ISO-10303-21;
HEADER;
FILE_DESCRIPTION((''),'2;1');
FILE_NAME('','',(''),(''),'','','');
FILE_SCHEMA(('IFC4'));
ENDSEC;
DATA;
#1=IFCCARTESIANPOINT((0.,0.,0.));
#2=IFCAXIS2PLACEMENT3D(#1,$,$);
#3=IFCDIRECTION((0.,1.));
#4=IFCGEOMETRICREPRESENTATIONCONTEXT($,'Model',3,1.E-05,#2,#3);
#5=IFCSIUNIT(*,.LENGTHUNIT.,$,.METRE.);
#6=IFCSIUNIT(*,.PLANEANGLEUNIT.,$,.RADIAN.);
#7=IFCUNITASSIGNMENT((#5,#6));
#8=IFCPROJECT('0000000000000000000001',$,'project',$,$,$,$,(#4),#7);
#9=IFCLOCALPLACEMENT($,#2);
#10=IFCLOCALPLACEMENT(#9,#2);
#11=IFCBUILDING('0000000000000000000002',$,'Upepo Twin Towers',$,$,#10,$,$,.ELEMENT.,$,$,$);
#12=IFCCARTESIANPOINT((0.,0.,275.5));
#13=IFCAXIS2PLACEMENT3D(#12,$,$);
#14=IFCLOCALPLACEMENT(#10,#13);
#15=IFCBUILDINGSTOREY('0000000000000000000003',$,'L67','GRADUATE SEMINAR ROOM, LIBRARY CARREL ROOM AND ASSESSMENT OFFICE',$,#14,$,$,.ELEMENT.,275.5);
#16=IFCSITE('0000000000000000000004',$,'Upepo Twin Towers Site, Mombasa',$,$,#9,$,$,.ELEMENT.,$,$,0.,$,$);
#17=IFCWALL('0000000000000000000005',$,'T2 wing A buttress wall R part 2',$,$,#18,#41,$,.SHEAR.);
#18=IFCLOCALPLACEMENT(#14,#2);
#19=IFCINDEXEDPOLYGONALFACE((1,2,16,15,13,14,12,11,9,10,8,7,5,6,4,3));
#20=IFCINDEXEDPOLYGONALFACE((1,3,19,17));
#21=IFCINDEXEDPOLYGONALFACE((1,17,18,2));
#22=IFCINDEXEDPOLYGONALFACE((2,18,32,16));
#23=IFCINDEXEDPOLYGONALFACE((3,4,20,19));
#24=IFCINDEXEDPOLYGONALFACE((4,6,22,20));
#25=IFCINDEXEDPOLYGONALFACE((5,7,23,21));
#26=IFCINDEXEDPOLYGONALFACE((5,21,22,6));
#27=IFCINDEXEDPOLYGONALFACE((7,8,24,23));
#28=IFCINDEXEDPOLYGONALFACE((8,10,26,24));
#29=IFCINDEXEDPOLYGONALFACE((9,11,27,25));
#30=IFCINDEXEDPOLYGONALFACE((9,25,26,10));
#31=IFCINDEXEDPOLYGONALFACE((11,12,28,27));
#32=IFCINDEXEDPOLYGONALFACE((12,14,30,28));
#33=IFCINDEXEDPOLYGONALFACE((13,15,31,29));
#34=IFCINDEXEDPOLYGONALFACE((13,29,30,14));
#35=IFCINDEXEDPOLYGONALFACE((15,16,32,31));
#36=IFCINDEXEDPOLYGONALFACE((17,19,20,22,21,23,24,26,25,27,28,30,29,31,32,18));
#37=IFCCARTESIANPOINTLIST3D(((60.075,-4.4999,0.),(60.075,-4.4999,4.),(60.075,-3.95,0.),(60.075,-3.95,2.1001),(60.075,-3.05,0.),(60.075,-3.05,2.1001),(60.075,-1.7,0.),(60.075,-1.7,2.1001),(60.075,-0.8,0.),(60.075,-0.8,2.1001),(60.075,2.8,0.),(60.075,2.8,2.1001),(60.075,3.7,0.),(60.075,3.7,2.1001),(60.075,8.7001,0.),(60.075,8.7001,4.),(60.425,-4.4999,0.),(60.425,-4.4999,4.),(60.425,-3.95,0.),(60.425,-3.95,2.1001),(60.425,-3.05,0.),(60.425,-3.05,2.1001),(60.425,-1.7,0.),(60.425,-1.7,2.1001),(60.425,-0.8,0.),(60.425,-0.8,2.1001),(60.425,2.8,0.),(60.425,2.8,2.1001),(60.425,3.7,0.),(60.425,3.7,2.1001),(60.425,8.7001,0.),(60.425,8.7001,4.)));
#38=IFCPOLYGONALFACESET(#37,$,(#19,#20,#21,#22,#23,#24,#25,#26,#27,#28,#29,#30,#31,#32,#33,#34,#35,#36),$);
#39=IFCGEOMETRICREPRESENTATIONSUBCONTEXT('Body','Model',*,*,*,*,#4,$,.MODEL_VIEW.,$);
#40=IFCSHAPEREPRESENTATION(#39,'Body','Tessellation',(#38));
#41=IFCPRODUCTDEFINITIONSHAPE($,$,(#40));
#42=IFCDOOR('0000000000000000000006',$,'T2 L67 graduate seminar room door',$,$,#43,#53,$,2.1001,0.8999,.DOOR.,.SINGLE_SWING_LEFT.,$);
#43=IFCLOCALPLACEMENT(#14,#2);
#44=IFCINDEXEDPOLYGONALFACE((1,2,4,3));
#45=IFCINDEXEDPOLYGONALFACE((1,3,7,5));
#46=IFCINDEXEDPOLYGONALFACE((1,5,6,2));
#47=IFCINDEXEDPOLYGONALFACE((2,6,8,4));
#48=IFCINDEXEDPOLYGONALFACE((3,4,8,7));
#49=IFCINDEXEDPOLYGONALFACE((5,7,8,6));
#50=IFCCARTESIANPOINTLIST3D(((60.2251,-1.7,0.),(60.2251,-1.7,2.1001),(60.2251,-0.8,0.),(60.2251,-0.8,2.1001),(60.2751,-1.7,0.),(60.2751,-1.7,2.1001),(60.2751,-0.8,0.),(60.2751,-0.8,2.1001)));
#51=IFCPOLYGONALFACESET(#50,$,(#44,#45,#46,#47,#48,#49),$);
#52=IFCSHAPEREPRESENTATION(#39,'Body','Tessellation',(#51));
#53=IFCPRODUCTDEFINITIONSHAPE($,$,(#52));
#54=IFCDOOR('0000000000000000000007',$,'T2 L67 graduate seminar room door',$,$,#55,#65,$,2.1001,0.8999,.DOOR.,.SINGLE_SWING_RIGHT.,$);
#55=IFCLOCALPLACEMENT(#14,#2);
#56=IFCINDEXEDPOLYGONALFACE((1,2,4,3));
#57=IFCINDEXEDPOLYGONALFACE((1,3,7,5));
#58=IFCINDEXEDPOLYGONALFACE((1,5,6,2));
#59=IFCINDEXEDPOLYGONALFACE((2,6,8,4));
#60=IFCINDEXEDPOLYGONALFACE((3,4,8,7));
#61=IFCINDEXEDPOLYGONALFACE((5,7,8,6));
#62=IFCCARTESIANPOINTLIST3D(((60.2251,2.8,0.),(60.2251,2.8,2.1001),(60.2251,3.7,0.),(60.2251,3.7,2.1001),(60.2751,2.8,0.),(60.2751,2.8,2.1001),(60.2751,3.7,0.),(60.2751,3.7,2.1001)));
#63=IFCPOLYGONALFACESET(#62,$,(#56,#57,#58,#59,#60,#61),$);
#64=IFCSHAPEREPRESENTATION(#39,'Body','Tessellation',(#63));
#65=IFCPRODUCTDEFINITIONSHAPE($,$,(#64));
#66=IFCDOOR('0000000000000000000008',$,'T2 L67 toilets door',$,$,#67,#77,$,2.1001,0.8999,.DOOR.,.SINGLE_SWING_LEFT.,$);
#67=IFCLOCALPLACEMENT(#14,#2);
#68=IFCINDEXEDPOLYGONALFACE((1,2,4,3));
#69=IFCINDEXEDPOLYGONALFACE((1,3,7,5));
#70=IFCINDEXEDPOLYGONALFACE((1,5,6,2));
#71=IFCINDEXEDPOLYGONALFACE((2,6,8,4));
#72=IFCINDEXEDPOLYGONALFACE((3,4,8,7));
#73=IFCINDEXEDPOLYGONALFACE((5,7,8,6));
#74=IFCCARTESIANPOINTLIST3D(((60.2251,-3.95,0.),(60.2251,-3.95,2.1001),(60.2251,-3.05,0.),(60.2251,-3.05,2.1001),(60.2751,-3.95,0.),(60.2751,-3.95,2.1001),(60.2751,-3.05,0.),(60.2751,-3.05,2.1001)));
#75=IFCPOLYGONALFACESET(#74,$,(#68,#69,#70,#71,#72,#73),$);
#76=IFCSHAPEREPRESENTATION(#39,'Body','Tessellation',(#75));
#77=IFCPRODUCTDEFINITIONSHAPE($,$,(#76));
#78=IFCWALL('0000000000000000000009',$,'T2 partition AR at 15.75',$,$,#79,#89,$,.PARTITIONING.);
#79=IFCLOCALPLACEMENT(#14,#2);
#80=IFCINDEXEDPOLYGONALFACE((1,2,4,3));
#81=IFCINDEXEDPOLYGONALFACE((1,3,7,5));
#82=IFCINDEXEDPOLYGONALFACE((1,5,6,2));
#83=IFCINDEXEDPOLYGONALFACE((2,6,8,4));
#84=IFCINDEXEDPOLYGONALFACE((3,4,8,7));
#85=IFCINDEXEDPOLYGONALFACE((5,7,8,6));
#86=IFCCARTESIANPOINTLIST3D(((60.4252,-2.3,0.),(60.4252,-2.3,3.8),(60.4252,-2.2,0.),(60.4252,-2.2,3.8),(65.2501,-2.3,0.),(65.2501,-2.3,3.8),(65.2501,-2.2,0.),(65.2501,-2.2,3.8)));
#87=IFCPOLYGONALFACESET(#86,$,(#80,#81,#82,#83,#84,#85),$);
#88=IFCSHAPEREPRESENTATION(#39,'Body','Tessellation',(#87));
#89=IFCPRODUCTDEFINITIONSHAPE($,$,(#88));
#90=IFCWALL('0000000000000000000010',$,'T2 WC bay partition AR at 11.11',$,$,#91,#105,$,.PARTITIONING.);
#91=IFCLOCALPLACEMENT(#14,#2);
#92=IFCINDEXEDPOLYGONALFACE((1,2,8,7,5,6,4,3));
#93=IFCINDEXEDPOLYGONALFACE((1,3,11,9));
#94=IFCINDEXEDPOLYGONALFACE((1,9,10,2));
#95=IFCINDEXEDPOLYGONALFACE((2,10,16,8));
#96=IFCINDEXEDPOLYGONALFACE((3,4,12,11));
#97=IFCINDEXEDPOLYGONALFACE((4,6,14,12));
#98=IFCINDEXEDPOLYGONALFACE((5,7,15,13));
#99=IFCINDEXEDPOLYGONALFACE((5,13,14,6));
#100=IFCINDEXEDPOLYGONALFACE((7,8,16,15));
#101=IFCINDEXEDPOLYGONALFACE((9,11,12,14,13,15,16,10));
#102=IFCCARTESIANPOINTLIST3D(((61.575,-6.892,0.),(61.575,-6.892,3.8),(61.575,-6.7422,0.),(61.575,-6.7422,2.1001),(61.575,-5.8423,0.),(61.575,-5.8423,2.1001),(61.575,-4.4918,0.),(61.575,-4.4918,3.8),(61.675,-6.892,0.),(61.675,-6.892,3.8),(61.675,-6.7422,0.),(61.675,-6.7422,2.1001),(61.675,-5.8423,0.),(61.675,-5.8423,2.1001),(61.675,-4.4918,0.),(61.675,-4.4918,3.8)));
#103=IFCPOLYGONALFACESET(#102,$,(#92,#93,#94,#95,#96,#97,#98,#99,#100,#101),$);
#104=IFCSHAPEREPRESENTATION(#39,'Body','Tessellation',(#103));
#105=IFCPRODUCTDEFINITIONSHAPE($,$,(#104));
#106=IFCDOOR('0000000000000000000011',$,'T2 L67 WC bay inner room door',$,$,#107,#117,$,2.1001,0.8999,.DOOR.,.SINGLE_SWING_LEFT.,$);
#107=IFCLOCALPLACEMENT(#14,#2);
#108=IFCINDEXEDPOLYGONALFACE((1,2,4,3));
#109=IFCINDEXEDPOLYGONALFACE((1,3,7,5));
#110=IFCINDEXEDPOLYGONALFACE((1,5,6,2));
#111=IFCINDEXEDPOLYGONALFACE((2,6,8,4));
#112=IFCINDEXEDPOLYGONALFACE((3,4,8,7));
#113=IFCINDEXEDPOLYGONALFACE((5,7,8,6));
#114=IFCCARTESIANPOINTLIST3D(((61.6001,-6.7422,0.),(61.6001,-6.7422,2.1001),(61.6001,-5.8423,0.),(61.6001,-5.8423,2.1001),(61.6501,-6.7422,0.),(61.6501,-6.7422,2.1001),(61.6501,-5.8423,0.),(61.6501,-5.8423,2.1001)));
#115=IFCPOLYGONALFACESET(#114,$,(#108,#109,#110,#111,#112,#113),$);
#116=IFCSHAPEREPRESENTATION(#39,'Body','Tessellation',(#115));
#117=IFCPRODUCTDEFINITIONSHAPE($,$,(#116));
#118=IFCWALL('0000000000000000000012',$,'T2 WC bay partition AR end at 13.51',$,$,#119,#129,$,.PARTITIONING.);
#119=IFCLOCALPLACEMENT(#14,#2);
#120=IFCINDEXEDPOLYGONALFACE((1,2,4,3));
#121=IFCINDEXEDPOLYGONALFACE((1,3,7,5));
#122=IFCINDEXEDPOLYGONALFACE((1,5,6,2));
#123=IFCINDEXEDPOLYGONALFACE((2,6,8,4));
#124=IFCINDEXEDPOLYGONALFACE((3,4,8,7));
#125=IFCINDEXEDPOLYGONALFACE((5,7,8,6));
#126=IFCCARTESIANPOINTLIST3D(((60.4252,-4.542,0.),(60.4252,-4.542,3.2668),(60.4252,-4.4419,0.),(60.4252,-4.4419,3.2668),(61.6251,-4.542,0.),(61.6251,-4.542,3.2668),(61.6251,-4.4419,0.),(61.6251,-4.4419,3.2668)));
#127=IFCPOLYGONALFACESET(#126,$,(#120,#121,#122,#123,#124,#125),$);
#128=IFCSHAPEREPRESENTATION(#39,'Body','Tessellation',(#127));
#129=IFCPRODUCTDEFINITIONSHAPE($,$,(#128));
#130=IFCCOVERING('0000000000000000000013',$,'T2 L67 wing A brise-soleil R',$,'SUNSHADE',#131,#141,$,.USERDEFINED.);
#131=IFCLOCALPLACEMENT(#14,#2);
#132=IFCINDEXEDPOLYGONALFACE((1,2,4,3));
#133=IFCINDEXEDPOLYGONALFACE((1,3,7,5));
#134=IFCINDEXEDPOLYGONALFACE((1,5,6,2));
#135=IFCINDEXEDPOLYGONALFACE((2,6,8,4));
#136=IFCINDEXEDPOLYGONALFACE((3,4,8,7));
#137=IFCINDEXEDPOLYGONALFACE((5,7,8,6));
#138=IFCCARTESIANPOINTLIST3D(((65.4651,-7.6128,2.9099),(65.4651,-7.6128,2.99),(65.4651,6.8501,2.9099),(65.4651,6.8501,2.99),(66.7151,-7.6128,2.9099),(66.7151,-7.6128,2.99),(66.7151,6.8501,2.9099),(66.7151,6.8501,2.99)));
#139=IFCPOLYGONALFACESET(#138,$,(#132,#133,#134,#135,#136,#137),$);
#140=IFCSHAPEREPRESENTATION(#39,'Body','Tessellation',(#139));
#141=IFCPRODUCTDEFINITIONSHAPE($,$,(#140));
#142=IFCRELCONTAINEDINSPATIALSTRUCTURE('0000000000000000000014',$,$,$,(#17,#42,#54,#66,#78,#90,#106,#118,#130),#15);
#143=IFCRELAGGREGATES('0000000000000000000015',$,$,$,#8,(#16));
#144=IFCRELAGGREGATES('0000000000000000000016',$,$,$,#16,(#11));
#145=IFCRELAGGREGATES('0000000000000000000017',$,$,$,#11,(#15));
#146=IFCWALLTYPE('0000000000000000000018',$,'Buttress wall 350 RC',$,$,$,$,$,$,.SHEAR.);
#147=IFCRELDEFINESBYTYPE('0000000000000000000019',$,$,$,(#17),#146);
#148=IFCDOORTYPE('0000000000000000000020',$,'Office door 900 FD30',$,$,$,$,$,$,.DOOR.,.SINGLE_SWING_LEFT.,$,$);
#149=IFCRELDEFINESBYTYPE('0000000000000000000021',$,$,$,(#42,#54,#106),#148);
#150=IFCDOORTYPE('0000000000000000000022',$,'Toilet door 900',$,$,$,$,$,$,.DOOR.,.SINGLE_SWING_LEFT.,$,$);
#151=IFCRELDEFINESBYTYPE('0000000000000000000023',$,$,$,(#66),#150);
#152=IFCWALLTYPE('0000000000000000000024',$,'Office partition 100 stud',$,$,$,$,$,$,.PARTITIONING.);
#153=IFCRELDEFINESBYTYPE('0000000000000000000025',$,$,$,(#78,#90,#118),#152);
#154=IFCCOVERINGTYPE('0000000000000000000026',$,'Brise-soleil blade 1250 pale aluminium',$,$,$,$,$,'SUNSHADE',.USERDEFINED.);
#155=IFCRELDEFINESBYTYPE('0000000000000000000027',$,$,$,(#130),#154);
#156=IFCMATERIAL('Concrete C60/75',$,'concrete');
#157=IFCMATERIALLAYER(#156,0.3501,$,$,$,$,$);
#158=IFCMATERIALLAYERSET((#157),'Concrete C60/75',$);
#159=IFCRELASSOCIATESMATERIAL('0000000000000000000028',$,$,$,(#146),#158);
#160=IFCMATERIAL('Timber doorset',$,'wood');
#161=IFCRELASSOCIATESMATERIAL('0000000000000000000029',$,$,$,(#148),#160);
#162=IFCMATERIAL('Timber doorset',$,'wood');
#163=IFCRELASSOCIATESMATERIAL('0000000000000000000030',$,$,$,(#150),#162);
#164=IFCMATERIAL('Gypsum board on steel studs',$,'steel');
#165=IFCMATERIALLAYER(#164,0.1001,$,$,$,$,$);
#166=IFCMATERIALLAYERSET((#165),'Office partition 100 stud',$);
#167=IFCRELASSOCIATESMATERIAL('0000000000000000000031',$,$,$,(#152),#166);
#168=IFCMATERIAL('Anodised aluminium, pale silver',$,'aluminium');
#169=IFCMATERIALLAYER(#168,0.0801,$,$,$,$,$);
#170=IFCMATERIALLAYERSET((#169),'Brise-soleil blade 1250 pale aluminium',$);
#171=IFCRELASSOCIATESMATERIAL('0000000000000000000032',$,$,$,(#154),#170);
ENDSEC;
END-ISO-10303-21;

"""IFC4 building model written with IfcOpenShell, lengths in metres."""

from ifc_helpers import new_model, si_unit, direction, frame, frame_2d, origin, origin_2d, place, context, subcontext, project, spatial, rectangle, extrude, material, layer, layer_set, type_object, element, fill, save


model = new_model("IFC4")

# Units and contexts
model_context = context("Model", 3, precision=1e-05, world=origin(), true_north=direction((0.0, 1.0)))
body_context = subcontext(model_context, "Body", "Model", "MODEL_VIEW")
ifc_project = project(units=[si_unit("LENGTHUNIT", "METRE"), si_unit("PLANEANGLEUNIT", "RADIAN")], contexts=[model_context])

# Site, building, storey
site_placement = place(None, origin())
site = spatial("IfcSite", under=ifc_project, at=site_placement, Name="Upepo Twin Towers Site, Mombasa", CompositionType="ELEMENT", RefElevation=0.0)
building_placement = place(site_placement, origin())
building = spatial("IfcBuilding", under=site, at=building_placement, Name="Upepo Twin Towers", CompositionType="ELEMENT")
storey_placement = place(building_placement, frame((0.0, 0.0, 275.5)))
storey = spatial("IfcBuildingStorey", under=building, at=storey_placement, Name="L67", Description="GRADUATE SEMINAR ROOM, LIBRARY CARREL ROOM AND ASSESSMENT OFFICE", CompositionType="ELEMENT", Elevation=275.5)

# Wall, openings, doors
ifc_material_1 = material(Name="Concrete C60/75", Category="concrete")
ifc_layer_1 = layer(ifc_material_1, 0.3501)
ifc_layer_set_1 = layer_set([ifc_layer_1], Name="Concrete C60/75")
wall_type_1 = type_object("IfcWallType", Name="Buttress wall 350 RC", PredefinedType="SHEAR", material=ifc_layer_set_1)
wall_1_placement = place(storey_placement, frame((60.25, -4.5, 0.0), z_axis=(0.0, 0.0, 1.0), x_axis=(0.0, 1.0, 0.0)))
wall_1 = element("IfcWall", 1, at=wall_1_placement, inside=storey, type_object=wall_type_1, Name="T2 wing A buttress wall R part 2", PredefinedType="SHEAR", context=body_context, shape_type="SweptSolid", body=[
    extrude(rectangle(XDim=13.2, YDim=0.3501, at=frame_2d((6.6001, 0.0))), origin(), (0.0, 0.0, 1.0), 4.0),
])
opening_1_placement = place(wall_1_placement, frame((0.55, 0.0, 0.0)))
opening_1 = element("IfcOpeningElement", 2, at=opening_1_placement, cuts=wall_1, PredefinedType="OPENING", context=body_context, shape_type="SweptSolid", body=[
    extrude(rectangle(XDim=0.8999, YDim=2.1001, at=frame_2d((0.45, 1.05))), frame((0.0, 0.1851, 0.0), z_axis=(0.0, -1.0, 0.0), x_axis=(1.0, 0.0, 0.0)), (0.0, 0.0, 1.0), 0.3701),
])
opening_2_placement = place(wall_1_placement, frame((2.8, 0.0, 0.0)))
opening_2 = element("IfcOpeningElement", 3, at=opening_2_placement, cuts=wall_1, PredefinedType="OPENING", context=body_context, shape_type="SweptSolid", body=[
    extrude(rectangle(XDim=0.8999, YDim=2.1001, at=frame_2d((0.45, 1.05))), frame((0.0, 0.1851, 0.0), z_axis=(0.0, -1.0, 0.0), x_axis=(1.0, 0.0, 0.0)), (0.0, 0.0, 1.0), 0.3701),
])
opening_3_placement = place(wall_1_placement, frame((7.3, 0.0, 0.0)))
opening_3 = element("IfcOpeningElement", 4, at=opening_3_placement, cuts=wall_1, PredefinedType="OPENING", context=body_context, shape_type="SweptSolid", body=[
    extrude(rectangle(XDim=0.8999, YDim=2.1001, at=frame_2d((0.45, 1.05))), frame((0.0, 0.1851, 0.0), z_axis=(0.0, -1.0, 0.0), x_axis=(1.0, 0.0, 0.0)), (0.0, 0.0, 1.0), 0.3701),
])
ifc_material_2 = material(Name="Timber doorset", Category="wood")
door_type_1 = type_object("IfcDoorType", Name="Office door 900 FD30", OperationType="SINGLE_SWING_LEFT", PredefinedType="DOOR", material=ifc_material_2)
door_1_placement = place(opening_2_placement, origin())
door_1 = element("IfcDoor", 5, at=door_1_placement, inside=storey, type_object=door_type_1, Name="T2 L67 graduate seminar room door", OperationType="SINGLE_SWING_LEFT", OverallHeight=2.1001, OverallWidth=0.8999, PredefinedType="DOOR", context=body_context, shape_type="SweptSolid", body=[
    extrude(rectangle(XDim=0.8999, YDim=2.1001, at=frame_2d((0.45, 1.05))), frame((0.0, 0.0249, 0.0), z_axis=(0.0, -1.0, 0.0), x_axis=(1.0, 0.0, 0.0)), (0.0, 0.0, 1.0), 0.05),
])
fill(opening_2, door_1)
door_2_placement = place(opening_3_placement, origin())
door_2 = element("IfcDoor", 6, at=door_2_placement, inside=storey, type_object=door_type_1, Name="T2 L67 graduate seminar room door", OperationType="SINGLE_SWING_RIGHT", OverallHeight=2.1001, OverallWidth=0.8999, PredefinedType="DOOR", context=body_context, shape_type="SweptSolid", body=[
    extrude(rectangle(XDim=0.8999, YDim=2.1001, at=frame_2d((0.45, 1.05))), frame((0.0, 0.0249, 0.0), z_axis=(0.0, -1.0, 0.0), x_axis=(1.0, 0.0, 0.0)), (0.0, 0.0, 1.0), 0.05),
])
fill(opening_3, door_2)
ifc_material_3 = material(Name="Timber doorset", Category="wood")
door_type_2 = type_object("IfcDoorType", Name="Toilet door 900", OperationType="SINGLE_SWING_LEFT", PredefinedType="DOOR", material=ifc_material_3)
door_3_placement = place(opening_1_placement, origin())
door_3 = element("IfcDoor", 7, at=door_3_placement, inside=storey, type_object=door_type_2, Name="T2 L67 toilets door", OperationType="SINGLE_SWING_LEFT", OverallHeight=2.1001, OverallWidth=0.8999, PredefinedType="DOOR", context=body_context, shape_type="SweptSolid", body=[
    extrude(rectangle(XDim=0.8999, YDim=2.1001, at=frame_2d((0.45, 1.05))), frame((0.0, 0.0249, 0.0), z_axis=(0.0, -1.0, 0.0), x_axis=(1.0, 0.0, 0.0)), (0.0, 0.0, 1.0), 0.05),
])
fill(opening_1, door_3)

# Wall
ifc_material_4 = material(Name="Gypsum board on steel studs", Category="steel")
ifc_layer_2 = layer(ifc_material_4, 0.1001)
ifc_layer_set_2 = layer_set([ifc_layer_2], Name="Office partition 100 stud")
wall_type_2 = type_object("IfcWallType", Name="Office partition 100 stud", PredefinedType="PARTITIONING", material=ifc_layer_set_2)
wall_2_placement = place(storey_placement, frame((60.425, -2.25, 0.0), z_axis=(0.0, 0.0, 1.0), x_axis=(1.0, 0.0, 0.0)))
element("IfcWall", 8, at=wall_2_placement, inside=storey, type_object=wall_type_2, Name="T2 partition AR at 15.75", PredefinedType="PARTITIONING", context=body_context, shape_type="SweptSolid", body=[
    extrude(rectangle(XDim=4.825, YDim=0.1001, at=frame_2d((2.4126, 0.0))), origin(), (0.0, 0.0, 1.0), 3.8),
])

# Wall, opening, door
wall_3_placement = place(storey_placement, frame((61.625, -6.8921, 0.0), z_axis=(0.0, 0.0, 1.0), x_axis=(0.0, 1.0, 0.0)))
wall_3 = element("IfcWall", 9, at=wall_3_placement, inside=storey, type_object=wall_type_2, Name="T2 WC bay partition AR at 11.11", PredefinedType="PARTITIONING", context=body_context, shape_type="SweptSolid", body=[
    extrude(rectangle(XDim=2.4001, YDim=0.1001, at=frame_2d((1.2002, 0.0))), origin(), (0.0, 0.0, 1.0), 3.8),
])
opening_4_placement = place(wall_3_placement, frame((0.1499, 0.0, 0.0)))
opening_4 = element("IfcOpeningElement", 10, at=opening_4_placement, cuts=wall_3, PredefinedType="OPENING", context=body_context, shape_type="SweptSolid", body=[
    extrude(rectangle(XDim=0.8999, YDim=2.1001, at=frame_2d((0.45, 1.05))), frame((0.0, 0.0601, 0.0), z_axis=(0.0, -1.0, 0.0), x_axis=(1.0, 0.0, 0.0)), (0.0, 0.0, 1.0), 0.1201),
])
door_4_placement = place(opening_4_placement, origin())
door_4 = element("IfcDoor", 11, at=door_4_placement, inside=storey, type_object=door_type_1, Name="T2 L67 WC bay inner room door", OperationType="SINGLE_SWING_LEFT", OverallHeight=2.1001, OverallWidth=0.8999, PredefinedType="DOOR", context=body_context, shape_type="SweptSolid", body=[
    extrude(rectangle(XDim=0.8999, YDim=2.1001, at=frame_2d((0.45, 1.05))), frame((0.0, 0.0249, 0.0), z_axis=(0.0, -1.0, 0.0), x_axis=(1.0, 0.0, 0.0)), (0.0, 0.0, 1.0), 0.05),
])
fill(opening_4, door_4)

# Wall
wall_4_placement = place(storey_placement, frame((60.425, -4.4919, 0.0), z_axis=(0.0, 0.0, 1.0), x_axis=(1.0, 0.0, 0.0)))
element("IfcWall", 12, at=wall_4_placement, inside=storey, type_object=wall_type_2, Name="T2 WC bay partition AR end at 13.51", PredefinedType="PARTITIONING", context=body_context, shape_type="SweptSolid", body=[
    extrude(rectangle(XDim=1.2, YDim=0.1001, at=frame_2d((0.6001, 0.0))), origin(), (0.0, 0.0, 1.0), 3.2668),
])

# Covering
ifc_material_5 = material(Name="Anodised aluminium, pale silver", Category="aluminium")
ifc_layer_3 = layer(ifc_material_5, 0.0801)
ifc_layer_set_3 = layer_set([ifc_layer_3], Name="Brise-soleil blade 1250 pale aluminium")
covering_type = type_object("IfcCoveringType", Name="Brise-soleil blade 1250 pale aluminium", ElementType="SUNSHADE", PredefinedType="USERDEFINED", material=ifc_layer_set_3)
covering_placement = place(storey_placement, frame((66.0901, -0.3813, 2.9099), z_axis=(0.0, 0.0, 1.0), x_axis=(0.0, 1.0, 0.0)))
element("IfcCovering", 13, at=covering_placement, inside=storey, type_object=covering_type, Name="T2 L67 wing A brise-soleil R", ObjectType="SUNSHADE", PredefinedType="USERDEFINED", context=body_context, shape_type="SweptSolid", body=[
    extrude(rectangle(XDim=14.4629, YDim=1.25, at=origin_2d()), origin(), (0.0, 0.0, 1.0), 0.0801),
])

save(model, "model.ifc")
